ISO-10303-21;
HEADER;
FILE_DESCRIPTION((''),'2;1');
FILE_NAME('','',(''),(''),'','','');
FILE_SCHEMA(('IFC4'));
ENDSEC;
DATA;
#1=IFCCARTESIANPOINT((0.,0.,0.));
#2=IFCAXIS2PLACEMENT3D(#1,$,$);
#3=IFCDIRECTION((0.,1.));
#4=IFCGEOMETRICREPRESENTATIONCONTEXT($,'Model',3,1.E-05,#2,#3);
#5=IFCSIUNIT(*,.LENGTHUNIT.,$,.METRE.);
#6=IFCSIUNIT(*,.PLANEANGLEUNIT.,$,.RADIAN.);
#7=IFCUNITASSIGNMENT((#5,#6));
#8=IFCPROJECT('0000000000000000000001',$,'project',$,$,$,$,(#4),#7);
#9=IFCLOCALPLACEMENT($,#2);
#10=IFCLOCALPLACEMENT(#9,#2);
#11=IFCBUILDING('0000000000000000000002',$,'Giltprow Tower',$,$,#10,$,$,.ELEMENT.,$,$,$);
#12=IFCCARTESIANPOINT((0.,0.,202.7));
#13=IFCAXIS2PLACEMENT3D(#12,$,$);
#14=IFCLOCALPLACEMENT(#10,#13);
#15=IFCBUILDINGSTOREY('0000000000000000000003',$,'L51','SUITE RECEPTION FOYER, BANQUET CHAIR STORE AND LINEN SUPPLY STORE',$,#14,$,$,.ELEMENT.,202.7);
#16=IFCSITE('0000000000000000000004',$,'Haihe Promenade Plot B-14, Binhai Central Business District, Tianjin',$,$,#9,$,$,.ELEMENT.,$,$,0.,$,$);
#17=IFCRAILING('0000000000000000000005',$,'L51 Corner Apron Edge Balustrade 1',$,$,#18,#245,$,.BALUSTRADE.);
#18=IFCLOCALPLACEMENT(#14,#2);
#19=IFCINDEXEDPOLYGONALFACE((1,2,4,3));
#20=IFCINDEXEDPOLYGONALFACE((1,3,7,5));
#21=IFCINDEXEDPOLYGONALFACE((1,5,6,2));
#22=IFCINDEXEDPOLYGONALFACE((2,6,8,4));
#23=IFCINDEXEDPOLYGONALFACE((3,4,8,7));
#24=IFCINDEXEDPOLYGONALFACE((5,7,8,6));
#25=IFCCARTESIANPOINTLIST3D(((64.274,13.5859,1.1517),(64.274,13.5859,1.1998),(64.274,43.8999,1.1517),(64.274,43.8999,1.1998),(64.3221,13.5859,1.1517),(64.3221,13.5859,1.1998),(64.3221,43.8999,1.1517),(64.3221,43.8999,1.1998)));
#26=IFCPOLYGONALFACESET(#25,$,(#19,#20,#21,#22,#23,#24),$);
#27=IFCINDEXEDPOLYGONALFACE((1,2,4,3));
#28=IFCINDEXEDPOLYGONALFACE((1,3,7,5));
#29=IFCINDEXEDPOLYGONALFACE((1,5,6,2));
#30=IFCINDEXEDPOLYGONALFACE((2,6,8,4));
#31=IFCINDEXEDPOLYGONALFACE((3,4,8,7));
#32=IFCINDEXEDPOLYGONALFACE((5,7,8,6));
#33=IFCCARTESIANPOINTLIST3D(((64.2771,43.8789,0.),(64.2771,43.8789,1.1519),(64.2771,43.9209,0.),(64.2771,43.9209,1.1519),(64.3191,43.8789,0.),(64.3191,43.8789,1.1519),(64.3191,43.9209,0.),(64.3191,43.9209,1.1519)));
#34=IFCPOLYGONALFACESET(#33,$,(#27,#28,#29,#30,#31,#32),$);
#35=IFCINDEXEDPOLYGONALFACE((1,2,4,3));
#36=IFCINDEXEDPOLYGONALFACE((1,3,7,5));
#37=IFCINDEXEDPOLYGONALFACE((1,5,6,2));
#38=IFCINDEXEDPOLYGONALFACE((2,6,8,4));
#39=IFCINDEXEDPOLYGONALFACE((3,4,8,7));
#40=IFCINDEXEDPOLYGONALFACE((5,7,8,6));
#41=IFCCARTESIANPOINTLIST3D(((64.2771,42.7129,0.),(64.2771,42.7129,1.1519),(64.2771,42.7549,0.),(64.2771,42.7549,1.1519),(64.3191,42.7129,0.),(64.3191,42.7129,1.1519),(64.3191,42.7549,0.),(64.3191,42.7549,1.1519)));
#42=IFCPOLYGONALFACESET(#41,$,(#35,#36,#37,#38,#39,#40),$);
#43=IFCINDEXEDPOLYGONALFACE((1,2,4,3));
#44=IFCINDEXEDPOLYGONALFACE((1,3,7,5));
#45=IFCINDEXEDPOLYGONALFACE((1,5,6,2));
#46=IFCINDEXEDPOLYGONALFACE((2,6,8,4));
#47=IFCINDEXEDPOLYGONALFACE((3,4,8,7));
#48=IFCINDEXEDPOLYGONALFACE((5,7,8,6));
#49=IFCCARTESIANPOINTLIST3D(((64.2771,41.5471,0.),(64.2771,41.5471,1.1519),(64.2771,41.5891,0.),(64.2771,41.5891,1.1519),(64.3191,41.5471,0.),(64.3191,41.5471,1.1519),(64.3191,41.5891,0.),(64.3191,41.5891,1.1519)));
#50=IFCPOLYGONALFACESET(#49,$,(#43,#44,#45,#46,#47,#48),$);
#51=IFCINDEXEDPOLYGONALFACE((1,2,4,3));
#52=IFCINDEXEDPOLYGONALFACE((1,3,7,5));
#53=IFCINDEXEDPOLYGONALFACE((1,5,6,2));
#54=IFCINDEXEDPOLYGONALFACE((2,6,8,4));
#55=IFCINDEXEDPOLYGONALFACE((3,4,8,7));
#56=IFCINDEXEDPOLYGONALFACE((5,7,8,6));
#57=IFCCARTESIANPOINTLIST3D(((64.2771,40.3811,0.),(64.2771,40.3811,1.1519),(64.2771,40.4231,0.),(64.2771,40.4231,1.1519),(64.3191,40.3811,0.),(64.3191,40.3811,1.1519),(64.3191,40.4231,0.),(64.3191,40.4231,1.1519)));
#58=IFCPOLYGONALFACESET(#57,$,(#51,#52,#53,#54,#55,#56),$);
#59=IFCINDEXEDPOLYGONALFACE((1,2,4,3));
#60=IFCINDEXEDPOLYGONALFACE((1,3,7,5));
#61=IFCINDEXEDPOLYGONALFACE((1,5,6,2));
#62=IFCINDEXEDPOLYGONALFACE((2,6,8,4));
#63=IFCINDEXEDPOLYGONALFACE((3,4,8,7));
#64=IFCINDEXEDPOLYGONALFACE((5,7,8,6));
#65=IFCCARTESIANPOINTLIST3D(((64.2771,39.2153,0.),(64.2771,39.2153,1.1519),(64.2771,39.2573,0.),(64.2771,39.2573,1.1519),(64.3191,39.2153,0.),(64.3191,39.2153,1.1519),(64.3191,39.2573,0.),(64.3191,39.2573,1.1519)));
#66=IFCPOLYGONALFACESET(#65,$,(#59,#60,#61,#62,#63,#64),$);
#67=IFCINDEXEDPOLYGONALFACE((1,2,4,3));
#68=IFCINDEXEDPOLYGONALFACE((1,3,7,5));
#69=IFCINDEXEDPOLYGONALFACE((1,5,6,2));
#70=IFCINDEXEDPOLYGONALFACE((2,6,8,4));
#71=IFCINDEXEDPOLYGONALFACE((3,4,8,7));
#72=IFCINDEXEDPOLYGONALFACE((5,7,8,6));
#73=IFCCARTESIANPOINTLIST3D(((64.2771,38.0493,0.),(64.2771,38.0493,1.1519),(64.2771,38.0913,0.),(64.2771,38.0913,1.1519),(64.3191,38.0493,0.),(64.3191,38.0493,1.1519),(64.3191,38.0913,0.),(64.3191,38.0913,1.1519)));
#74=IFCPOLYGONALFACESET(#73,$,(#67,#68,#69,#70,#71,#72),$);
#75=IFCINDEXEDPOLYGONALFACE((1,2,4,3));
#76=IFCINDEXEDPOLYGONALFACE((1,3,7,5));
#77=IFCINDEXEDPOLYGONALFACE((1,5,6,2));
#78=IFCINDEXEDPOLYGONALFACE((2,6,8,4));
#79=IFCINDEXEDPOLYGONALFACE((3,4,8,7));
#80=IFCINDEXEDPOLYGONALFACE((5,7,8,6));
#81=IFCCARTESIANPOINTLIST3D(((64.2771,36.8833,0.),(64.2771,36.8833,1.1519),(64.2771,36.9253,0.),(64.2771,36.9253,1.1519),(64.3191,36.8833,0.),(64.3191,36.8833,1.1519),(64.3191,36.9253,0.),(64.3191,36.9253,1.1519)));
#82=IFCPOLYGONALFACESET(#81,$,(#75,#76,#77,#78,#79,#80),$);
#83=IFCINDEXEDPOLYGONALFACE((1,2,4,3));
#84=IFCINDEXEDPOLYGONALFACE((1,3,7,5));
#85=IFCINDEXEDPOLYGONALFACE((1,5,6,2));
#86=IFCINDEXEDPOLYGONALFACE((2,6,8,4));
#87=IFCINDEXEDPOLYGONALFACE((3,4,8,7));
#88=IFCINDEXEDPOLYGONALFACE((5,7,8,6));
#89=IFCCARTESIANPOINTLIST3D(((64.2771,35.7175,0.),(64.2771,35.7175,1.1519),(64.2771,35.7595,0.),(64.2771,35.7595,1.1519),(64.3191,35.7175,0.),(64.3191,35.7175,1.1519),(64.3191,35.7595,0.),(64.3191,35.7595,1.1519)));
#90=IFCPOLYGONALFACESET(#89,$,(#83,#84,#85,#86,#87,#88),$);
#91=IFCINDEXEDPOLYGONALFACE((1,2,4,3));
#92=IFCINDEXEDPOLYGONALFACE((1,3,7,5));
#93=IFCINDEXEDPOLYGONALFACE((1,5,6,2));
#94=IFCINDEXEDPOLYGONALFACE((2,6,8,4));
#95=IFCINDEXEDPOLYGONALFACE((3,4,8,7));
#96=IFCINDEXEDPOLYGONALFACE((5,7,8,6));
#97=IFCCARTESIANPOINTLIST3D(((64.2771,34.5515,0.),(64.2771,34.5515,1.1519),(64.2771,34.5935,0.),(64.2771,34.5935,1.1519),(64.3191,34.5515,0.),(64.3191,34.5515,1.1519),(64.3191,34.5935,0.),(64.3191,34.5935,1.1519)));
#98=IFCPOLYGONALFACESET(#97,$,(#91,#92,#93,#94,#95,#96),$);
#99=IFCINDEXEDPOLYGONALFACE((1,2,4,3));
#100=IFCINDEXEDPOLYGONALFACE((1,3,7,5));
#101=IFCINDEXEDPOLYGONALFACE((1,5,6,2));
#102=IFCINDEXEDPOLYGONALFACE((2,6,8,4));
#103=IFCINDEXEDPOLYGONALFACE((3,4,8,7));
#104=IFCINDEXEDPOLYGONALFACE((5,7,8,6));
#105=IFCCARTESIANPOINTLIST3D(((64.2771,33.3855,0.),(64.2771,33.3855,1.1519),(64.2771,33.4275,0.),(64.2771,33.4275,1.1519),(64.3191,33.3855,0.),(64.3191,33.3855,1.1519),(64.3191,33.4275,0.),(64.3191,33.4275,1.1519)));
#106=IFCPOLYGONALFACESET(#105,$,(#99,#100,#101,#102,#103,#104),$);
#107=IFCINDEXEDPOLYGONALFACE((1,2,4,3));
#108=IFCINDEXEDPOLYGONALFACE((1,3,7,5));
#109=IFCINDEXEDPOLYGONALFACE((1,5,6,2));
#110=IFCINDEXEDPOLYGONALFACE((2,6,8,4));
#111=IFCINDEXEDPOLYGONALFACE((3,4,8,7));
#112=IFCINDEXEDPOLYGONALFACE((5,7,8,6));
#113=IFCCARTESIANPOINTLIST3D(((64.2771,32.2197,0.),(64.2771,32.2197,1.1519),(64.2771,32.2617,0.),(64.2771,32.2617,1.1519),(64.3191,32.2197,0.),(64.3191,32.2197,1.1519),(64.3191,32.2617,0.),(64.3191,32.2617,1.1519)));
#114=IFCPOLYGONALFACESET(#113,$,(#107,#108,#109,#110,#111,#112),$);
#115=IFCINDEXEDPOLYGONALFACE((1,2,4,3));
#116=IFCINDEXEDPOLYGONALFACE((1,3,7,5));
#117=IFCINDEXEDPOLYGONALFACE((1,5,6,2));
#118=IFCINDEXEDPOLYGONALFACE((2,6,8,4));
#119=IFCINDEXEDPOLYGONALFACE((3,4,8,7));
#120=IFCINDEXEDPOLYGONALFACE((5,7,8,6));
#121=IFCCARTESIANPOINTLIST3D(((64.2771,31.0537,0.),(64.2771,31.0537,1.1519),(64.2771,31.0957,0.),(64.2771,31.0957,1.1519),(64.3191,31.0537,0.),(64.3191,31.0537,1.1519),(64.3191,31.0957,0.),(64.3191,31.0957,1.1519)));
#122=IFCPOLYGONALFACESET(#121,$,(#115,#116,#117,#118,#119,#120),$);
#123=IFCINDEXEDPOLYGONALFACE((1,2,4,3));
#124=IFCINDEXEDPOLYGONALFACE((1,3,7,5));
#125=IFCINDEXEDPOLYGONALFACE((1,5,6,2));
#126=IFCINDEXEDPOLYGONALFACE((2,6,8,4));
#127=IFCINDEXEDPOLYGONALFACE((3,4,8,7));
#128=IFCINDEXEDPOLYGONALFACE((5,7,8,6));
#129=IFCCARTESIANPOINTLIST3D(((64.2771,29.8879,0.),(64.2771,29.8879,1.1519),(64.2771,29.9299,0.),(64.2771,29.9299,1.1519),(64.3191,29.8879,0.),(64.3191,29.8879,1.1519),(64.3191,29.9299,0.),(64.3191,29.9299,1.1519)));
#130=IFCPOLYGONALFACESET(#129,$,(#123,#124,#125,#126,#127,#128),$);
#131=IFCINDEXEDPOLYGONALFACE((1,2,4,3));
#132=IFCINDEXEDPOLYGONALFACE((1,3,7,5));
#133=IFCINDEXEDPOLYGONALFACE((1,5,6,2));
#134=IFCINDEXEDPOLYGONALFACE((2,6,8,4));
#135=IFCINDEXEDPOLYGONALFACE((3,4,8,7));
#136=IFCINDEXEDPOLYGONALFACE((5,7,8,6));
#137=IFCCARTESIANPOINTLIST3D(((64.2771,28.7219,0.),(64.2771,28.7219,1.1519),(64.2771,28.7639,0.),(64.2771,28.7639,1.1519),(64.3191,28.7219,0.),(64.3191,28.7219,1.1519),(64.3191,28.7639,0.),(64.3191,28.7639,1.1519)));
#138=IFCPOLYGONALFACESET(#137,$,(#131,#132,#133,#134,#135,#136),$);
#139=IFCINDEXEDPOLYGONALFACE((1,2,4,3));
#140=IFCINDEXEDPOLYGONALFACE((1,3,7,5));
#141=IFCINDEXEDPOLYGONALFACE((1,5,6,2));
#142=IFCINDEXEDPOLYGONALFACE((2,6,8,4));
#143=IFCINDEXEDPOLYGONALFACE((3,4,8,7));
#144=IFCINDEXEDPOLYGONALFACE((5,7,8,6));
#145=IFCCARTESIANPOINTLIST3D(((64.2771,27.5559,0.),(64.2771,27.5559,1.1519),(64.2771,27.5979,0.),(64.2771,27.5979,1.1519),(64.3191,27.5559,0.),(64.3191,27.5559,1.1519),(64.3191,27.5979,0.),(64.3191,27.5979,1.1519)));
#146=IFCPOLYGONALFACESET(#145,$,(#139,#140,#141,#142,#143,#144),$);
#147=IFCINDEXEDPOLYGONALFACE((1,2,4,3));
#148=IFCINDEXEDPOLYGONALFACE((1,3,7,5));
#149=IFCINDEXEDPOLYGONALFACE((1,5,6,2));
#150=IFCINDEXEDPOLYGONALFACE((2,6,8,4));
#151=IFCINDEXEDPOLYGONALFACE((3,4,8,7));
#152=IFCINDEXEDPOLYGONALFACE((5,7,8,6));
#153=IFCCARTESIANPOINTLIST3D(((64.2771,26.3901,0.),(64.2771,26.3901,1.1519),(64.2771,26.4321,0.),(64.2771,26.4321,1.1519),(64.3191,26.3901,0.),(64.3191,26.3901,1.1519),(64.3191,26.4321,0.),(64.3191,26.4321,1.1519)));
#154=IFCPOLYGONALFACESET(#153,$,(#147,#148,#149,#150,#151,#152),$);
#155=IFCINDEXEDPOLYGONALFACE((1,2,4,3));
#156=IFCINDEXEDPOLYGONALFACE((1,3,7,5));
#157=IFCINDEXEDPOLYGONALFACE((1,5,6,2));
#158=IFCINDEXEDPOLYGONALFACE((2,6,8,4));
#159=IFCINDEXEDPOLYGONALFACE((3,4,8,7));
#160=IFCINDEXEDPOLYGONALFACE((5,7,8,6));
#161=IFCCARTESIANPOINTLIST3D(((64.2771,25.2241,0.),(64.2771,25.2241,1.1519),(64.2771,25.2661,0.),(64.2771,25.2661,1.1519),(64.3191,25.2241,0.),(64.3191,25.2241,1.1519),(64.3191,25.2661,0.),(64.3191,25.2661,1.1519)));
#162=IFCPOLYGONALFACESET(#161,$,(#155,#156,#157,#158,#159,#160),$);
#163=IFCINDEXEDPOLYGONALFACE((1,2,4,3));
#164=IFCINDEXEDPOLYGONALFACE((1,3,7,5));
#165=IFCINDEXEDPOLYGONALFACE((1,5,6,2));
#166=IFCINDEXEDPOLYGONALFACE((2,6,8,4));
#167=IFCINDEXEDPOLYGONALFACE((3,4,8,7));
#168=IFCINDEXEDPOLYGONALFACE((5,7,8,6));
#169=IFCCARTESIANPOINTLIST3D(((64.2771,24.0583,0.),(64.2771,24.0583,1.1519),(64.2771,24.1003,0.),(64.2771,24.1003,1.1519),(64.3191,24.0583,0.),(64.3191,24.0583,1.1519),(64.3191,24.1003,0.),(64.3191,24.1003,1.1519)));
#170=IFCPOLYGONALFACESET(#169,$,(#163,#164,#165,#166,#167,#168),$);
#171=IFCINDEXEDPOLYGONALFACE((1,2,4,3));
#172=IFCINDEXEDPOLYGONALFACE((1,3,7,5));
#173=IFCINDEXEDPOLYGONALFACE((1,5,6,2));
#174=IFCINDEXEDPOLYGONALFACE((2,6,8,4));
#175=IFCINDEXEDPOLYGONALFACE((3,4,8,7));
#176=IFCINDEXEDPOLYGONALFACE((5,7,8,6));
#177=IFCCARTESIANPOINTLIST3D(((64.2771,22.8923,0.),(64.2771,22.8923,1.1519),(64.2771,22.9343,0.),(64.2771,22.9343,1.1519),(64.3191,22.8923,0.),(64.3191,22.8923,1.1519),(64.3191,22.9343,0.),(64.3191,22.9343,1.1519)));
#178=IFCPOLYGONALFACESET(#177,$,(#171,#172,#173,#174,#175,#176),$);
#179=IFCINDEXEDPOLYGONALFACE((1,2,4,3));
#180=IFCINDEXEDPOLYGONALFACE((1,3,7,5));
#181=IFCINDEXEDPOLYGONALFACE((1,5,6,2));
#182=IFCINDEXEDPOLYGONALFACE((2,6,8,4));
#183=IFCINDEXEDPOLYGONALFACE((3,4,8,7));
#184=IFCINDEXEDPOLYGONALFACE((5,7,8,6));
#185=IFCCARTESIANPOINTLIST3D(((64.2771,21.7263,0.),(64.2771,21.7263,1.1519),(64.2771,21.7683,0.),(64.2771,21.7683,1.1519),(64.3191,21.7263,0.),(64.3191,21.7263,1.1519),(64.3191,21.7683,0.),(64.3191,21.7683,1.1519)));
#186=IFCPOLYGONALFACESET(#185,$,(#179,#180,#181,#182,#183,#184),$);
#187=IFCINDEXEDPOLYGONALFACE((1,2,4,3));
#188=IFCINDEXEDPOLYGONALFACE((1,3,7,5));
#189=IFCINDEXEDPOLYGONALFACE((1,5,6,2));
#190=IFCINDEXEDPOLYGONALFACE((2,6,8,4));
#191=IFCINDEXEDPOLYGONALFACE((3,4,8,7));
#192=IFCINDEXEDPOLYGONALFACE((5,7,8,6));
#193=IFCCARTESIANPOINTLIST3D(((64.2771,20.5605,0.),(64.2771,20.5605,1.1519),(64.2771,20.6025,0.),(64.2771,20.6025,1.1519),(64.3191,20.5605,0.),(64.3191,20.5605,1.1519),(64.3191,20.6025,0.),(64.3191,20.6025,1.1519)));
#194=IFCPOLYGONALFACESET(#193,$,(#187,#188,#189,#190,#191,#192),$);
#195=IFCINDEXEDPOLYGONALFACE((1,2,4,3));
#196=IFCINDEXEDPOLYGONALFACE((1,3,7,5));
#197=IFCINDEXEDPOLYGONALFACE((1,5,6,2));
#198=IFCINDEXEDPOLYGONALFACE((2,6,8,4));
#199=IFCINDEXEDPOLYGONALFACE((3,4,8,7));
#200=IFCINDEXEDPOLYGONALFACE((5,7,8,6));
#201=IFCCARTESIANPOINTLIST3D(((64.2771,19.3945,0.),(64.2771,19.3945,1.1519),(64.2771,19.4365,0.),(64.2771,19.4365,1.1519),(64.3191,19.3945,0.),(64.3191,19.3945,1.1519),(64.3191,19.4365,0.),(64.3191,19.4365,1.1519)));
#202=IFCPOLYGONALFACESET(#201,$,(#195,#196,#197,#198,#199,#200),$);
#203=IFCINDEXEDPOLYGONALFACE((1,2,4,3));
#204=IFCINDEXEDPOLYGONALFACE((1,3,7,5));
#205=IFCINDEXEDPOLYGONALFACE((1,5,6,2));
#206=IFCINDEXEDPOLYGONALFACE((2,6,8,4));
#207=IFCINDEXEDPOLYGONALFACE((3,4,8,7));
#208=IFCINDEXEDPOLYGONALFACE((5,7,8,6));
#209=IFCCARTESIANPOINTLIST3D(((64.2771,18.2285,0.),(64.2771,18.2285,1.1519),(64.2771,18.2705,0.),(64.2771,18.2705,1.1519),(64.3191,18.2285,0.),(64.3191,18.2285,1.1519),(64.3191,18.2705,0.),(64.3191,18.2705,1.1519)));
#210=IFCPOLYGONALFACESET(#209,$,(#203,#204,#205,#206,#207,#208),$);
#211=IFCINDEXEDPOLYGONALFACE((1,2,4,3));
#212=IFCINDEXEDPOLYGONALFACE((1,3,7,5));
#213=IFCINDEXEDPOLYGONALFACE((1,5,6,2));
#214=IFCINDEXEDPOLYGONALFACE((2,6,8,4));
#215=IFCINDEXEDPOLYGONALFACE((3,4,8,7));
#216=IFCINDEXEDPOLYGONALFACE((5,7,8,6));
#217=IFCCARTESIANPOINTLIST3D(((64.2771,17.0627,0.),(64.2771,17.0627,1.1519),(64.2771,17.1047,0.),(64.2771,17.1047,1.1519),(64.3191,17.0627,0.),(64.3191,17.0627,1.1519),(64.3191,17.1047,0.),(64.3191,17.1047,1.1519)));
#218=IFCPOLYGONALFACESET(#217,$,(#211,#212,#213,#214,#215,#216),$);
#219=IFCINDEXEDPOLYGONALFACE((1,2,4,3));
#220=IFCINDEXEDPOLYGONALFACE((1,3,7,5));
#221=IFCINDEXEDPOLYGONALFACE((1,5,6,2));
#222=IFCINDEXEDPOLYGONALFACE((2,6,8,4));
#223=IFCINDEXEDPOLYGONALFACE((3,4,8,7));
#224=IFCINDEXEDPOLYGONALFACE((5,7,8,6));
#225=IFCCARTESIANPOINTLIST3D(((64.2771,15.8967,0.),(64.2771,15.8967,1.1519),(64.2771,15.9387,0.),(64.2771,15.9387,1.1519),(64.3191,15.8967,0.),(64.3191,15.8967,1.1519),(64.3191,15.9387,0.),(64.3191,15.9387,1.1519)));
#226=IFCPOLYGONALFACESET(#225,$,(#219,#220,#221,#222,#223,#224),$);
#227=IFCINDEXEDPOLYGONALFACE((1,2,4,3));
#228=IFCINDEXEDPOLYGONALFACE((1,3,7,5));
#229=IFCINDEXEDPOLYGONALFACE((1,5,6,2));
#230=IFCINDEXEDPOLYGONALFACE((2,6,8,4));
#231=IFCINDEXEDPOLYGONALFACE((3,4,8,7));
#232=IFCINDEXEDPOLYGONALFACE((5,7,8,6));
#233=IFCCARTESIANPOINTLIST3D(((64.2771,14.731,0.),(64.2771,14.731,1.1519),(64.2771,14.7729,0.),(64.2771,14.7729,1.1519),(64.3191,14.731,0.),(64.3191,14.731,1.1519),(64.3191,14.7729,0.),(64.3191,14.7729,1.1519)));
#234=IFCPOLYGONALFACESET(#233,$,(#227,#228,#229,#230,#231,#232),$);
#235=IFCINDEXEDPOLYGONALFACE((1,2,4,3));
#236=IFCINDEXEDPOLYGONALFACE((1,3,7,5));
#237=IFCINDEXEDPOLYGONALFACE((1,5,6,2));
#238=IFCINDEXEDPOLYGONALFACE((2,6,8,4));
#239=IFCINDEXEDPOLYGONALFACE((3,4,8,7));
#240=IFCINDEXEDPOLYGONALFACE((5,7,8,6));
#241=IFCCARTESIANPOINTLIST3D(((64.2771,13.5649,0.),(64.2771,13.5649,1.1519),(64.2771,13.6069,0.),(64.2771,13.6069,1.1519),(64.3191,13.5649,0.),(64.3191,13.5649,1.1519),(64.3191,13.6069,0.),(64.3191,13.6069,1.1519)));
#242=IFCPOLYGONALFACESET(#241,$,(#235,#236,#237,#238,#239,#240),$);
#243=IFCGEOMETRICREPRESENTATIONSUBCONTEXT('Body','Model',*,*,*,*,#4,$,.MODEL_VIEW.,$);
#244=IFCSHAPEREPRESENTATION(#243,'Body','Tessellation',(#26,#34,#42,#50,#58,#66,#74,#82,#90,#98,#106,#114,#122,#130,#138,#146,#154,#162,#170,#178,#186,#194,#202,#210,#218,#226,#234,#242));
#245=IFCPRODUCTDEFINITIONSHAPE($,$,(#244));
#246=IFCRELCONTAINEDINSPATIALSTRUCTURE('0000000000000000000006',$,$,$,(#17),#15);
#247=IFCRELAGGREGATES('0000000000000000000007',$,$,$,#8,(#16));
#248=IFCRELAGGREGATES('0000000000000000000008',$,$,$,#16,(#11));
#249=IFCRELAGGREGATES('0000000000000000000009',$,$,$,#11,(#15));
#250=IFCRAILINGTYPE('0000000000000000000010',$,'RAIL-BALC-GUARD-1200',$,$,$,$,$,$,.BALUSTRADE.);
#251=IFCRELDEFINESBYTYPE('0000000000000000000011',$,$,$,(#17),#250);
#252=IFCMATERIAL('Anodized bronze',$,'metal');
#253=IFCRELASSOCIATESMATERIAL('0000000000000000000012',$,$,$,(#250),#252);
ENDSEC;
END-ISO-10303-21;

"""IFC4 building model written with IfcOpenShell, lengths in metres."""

from ifc_helpers import new_model, si_unit, direction, frame, origin, origin_2d, place, context, subcontext, project, spatial, rectangle, extrude, material, type_object, element, save


model = new_model("IFC4")

# Units and contexts
model_context = context("Model", 3, precision=1e-05, world=origin(), true_north=direction((0.0, 1.0)))
body_context = subcontext(model_context, "Body", "Model", "MODEL_VIEW")
ifc_project = project(units=[si_unit("LENGTHUNIT", "METRE"), si_unit("PLANEANGLEUNIT", "RADIAN")], contexts=[model_context])

# Site, building, storey
site_placement = place(None, origin())
site = spatial("IfcSite", under=ifc_project, at=site_placement, Name="Haihe Promenade Plot B-14, Binhai Central Business District, Tianjin", CompositionType="ELEMENT", RefElevation=0.0)
building_placement = place(site_placement, origin())
building = spatial("IfcBuilding", under=site, at=building_placement, Name="Giltprow Tower", CompositionType="ELEMENT")
storey_placement = place(building_placement, frame((0.0, 0.0, 202.7)))
storey = spatial("IfcBuildingStorey", under=building, at=storey_placement, Name="L51", Description="SUITE RECEPTION FOYER, BANQUET CHAIR STORE AND LINEN SUPPLY STORE", CompositionType="ELEMENT", Elevation=202.7)

# Railing
ifc_material_1 = material(Name="Anodized bronze", Category="metal")
railing_type = type_object("IfcRailingType", Name="RAIL-BALC-GUARD-1200", PredefinedType="BALUSTRADE", material=ifc_material_1)
railing_1_placement = place(storey_placement, frame((64.2981, 43.8999, 0.0)))
element("IfcRailing", 1, at=railing_1_placement, inside=storey, type_object=railing_type, Name="L51 Corner Apron Edge Balustrade 1", PredefinedType="BALUSTRADE", context=body_context, shape_type="SweptSolid", body=[
    extrude(rectangle(XDim=0.0481, YDim=0.0481, at=origin_2d()), frame((0.0, 0.0, 1.1758), z_axis=(0.0, -1.0, 0.0), x_axis=(1.0, 0.0, 0.0)), (0.0, 0.0, 1.0), 30.314),
    extrude(rectangle(XDim=0.042, YDim=0.042, at=origin_2d()), origin(), (0.0, 0.0, 1.0), 1.1519),
    extrude(rectangle(XDim=0.042, YDim=0.042, at=origin_2d()), frame((0.0, -1.166, 0.0)), (0.0, 0.0, 1.0), 1.1519),
    extrude(rectangle(XDim=0.042, YDim=0.042, at=origin_2d()), frame((0.0, -2.3318, 0.0)), (0.0, 0.0, 1.0), 1.1519),
    extrude(rectangle(XDim=0.042, YDim=0.042, at=origin_2d()), frame((0.0, -3.4978, 0.0)), (0.0, 0.0, 1.0), 1.1519),
    extrude(rectangle(XDim=0.042, YDim=0.042, at=origin_2d()), frame((0.0, -4.6636, 0.0)), (0.0, 0.0, 1.0), 1.1519),
    extrude(rectangle(XDim=0.042, YDim=0.042, at=origin_2d()), frame((0.0, -5.8296, 0.0)), (0.0, 0.0, 1.0), 1.1519),
    extrude(rectangle(XDim=0.042, YDim=0.042, at=origin_2d()), frame((0.0, -6.9956, 0.0)), (0.0, 0.0, 1.0), 1.1519),
    extrude(rectangle(XDim=0.042, YDim=0.042, at=origin_2d()), frame((0.0, -8.1614, 0.0)), (0.0, 0.0, 1.0), 1.1519),
    extrude(rectangle(XDim=0.042, YDim=0.042, at=origin_2d()), frame((0.0, -9.3274, 0.0)), (0.0, 0.0, 1.0), 1.1519),
    extrude(rectangle(XDim=0.042, YDim=0.042, at=origin_2d()), frame((0.0, -10.4934, 0.0)), (0.0, 0.0, 1.0), 1.1519),
    extrude(rectangle(XDim=0.042, YDim=0.042, at=origin_2d()), frame((0.0, -11.6592, 0.0)), (0.0, 0.0, 1.0), 1.1519),
    extrude(rectangle(XDim=0.042, YDim=0.042, at=origin_2d()), frame((0.0, -12.8252, 0.0)), (0.0, 0.0, 1.0), 1.1519),
    extrude(rectangle(XDim=0.042, YDim=0.042, at=origin_2d()), frame((0.0, -13.991, 0.0)), (0.0, 0.0, 1.0), 1.1519),
    extrude(rectangle(XDim=0.042, YDim=0.042, at=origin_2d()), frame((0.0, -15.157, 0.0)), (0.0, 0.0, 1.0), 1.1519),
    extrude(rectangle(XDim=0.042, YDim=0.042, at=origin_2d()), frame((0.0, -16.323, 0.0)), (0.0, 0.0, 1.0), 1.1519),
    extrude(rectangle(XDim=0.042, YDim=0.042, at=origin_2d()), frame((0.0, -17.4888, 0.0)), (0.0, 0.0, 1.0), 1.1519),
    extrude(rectangle(XDim=0.042, YDim=0.042, at=origin_2d()), frame((0.0, -18.6548, 0.0)), (0.0, 0.0, 1.0), 1.1519),
    extrude(rectangle(XDim=0.042, YDim=0.042, at=origin_2d()), frame((0.0, -19.8206, 0.0)), (0.0, 0.0, 1.0), 1.1519),
    extrude(rectangle(XDim=0.042, YDim=0.042, at=origin_2d()), frame((0.0, -20.9866, 0.0)), (0.0, 0.0, 1.0), 1.1519),
    extrude(rectangle(XDim=0.042, YDim=0.042, at=origin_2d()), frame((0.0, -22.1526, 0.0)), (0.0, 0.0, 1.0), 1.1519),
    extrude(rectangle(XDim=0.042, YDim=0.042, at=origin_2d()), frame((0.0, -23.3184, 0.0)), (0.0, 0.0, 1.0), 1.1519),
    extrude(rectangle(XDim=0.042, YDim=0.042, at=origin_2d()), frame((0.0, -24.4844, 0.0)), (0.0, 0.0, 1.0), 1.1519),
    extrude(rectangle(XDim=0.042, YDim=0.042, at=origin_2d()), frame((0.0, -25.6504, 0.0)), (0.0, 0.0, 1.0), 1.1519),
    extrude(rectangle(XDim=0.042, YDim=0.042, at=origin_2d()), frame((0.0, -26.8162, 0.0)), (0.0, 0.0, 1.0), 1.1519),
    extrude(rectangle(XDim=0.042, YDim=0.042, at=origin_2d()), frame((0.0, -27.9822, 0.0)), (0.0, 0.0, 1.0), 1.1519),
    extrude(rectangle(XDim=0.042, YDim=0.042, at=origin_2d()), frame((0.0, -29.1479, 0.0)), (0.0, 0.0, 1.0), 1.1519),
    extrude(rectangle(XDim=0.042, YDim=0.042, at=origin_2d()), frame((0.0, -30.314, 0.0)), (0.0, 0.0, 1.0), 1.1519),
])

save(model, "model.ifc")
